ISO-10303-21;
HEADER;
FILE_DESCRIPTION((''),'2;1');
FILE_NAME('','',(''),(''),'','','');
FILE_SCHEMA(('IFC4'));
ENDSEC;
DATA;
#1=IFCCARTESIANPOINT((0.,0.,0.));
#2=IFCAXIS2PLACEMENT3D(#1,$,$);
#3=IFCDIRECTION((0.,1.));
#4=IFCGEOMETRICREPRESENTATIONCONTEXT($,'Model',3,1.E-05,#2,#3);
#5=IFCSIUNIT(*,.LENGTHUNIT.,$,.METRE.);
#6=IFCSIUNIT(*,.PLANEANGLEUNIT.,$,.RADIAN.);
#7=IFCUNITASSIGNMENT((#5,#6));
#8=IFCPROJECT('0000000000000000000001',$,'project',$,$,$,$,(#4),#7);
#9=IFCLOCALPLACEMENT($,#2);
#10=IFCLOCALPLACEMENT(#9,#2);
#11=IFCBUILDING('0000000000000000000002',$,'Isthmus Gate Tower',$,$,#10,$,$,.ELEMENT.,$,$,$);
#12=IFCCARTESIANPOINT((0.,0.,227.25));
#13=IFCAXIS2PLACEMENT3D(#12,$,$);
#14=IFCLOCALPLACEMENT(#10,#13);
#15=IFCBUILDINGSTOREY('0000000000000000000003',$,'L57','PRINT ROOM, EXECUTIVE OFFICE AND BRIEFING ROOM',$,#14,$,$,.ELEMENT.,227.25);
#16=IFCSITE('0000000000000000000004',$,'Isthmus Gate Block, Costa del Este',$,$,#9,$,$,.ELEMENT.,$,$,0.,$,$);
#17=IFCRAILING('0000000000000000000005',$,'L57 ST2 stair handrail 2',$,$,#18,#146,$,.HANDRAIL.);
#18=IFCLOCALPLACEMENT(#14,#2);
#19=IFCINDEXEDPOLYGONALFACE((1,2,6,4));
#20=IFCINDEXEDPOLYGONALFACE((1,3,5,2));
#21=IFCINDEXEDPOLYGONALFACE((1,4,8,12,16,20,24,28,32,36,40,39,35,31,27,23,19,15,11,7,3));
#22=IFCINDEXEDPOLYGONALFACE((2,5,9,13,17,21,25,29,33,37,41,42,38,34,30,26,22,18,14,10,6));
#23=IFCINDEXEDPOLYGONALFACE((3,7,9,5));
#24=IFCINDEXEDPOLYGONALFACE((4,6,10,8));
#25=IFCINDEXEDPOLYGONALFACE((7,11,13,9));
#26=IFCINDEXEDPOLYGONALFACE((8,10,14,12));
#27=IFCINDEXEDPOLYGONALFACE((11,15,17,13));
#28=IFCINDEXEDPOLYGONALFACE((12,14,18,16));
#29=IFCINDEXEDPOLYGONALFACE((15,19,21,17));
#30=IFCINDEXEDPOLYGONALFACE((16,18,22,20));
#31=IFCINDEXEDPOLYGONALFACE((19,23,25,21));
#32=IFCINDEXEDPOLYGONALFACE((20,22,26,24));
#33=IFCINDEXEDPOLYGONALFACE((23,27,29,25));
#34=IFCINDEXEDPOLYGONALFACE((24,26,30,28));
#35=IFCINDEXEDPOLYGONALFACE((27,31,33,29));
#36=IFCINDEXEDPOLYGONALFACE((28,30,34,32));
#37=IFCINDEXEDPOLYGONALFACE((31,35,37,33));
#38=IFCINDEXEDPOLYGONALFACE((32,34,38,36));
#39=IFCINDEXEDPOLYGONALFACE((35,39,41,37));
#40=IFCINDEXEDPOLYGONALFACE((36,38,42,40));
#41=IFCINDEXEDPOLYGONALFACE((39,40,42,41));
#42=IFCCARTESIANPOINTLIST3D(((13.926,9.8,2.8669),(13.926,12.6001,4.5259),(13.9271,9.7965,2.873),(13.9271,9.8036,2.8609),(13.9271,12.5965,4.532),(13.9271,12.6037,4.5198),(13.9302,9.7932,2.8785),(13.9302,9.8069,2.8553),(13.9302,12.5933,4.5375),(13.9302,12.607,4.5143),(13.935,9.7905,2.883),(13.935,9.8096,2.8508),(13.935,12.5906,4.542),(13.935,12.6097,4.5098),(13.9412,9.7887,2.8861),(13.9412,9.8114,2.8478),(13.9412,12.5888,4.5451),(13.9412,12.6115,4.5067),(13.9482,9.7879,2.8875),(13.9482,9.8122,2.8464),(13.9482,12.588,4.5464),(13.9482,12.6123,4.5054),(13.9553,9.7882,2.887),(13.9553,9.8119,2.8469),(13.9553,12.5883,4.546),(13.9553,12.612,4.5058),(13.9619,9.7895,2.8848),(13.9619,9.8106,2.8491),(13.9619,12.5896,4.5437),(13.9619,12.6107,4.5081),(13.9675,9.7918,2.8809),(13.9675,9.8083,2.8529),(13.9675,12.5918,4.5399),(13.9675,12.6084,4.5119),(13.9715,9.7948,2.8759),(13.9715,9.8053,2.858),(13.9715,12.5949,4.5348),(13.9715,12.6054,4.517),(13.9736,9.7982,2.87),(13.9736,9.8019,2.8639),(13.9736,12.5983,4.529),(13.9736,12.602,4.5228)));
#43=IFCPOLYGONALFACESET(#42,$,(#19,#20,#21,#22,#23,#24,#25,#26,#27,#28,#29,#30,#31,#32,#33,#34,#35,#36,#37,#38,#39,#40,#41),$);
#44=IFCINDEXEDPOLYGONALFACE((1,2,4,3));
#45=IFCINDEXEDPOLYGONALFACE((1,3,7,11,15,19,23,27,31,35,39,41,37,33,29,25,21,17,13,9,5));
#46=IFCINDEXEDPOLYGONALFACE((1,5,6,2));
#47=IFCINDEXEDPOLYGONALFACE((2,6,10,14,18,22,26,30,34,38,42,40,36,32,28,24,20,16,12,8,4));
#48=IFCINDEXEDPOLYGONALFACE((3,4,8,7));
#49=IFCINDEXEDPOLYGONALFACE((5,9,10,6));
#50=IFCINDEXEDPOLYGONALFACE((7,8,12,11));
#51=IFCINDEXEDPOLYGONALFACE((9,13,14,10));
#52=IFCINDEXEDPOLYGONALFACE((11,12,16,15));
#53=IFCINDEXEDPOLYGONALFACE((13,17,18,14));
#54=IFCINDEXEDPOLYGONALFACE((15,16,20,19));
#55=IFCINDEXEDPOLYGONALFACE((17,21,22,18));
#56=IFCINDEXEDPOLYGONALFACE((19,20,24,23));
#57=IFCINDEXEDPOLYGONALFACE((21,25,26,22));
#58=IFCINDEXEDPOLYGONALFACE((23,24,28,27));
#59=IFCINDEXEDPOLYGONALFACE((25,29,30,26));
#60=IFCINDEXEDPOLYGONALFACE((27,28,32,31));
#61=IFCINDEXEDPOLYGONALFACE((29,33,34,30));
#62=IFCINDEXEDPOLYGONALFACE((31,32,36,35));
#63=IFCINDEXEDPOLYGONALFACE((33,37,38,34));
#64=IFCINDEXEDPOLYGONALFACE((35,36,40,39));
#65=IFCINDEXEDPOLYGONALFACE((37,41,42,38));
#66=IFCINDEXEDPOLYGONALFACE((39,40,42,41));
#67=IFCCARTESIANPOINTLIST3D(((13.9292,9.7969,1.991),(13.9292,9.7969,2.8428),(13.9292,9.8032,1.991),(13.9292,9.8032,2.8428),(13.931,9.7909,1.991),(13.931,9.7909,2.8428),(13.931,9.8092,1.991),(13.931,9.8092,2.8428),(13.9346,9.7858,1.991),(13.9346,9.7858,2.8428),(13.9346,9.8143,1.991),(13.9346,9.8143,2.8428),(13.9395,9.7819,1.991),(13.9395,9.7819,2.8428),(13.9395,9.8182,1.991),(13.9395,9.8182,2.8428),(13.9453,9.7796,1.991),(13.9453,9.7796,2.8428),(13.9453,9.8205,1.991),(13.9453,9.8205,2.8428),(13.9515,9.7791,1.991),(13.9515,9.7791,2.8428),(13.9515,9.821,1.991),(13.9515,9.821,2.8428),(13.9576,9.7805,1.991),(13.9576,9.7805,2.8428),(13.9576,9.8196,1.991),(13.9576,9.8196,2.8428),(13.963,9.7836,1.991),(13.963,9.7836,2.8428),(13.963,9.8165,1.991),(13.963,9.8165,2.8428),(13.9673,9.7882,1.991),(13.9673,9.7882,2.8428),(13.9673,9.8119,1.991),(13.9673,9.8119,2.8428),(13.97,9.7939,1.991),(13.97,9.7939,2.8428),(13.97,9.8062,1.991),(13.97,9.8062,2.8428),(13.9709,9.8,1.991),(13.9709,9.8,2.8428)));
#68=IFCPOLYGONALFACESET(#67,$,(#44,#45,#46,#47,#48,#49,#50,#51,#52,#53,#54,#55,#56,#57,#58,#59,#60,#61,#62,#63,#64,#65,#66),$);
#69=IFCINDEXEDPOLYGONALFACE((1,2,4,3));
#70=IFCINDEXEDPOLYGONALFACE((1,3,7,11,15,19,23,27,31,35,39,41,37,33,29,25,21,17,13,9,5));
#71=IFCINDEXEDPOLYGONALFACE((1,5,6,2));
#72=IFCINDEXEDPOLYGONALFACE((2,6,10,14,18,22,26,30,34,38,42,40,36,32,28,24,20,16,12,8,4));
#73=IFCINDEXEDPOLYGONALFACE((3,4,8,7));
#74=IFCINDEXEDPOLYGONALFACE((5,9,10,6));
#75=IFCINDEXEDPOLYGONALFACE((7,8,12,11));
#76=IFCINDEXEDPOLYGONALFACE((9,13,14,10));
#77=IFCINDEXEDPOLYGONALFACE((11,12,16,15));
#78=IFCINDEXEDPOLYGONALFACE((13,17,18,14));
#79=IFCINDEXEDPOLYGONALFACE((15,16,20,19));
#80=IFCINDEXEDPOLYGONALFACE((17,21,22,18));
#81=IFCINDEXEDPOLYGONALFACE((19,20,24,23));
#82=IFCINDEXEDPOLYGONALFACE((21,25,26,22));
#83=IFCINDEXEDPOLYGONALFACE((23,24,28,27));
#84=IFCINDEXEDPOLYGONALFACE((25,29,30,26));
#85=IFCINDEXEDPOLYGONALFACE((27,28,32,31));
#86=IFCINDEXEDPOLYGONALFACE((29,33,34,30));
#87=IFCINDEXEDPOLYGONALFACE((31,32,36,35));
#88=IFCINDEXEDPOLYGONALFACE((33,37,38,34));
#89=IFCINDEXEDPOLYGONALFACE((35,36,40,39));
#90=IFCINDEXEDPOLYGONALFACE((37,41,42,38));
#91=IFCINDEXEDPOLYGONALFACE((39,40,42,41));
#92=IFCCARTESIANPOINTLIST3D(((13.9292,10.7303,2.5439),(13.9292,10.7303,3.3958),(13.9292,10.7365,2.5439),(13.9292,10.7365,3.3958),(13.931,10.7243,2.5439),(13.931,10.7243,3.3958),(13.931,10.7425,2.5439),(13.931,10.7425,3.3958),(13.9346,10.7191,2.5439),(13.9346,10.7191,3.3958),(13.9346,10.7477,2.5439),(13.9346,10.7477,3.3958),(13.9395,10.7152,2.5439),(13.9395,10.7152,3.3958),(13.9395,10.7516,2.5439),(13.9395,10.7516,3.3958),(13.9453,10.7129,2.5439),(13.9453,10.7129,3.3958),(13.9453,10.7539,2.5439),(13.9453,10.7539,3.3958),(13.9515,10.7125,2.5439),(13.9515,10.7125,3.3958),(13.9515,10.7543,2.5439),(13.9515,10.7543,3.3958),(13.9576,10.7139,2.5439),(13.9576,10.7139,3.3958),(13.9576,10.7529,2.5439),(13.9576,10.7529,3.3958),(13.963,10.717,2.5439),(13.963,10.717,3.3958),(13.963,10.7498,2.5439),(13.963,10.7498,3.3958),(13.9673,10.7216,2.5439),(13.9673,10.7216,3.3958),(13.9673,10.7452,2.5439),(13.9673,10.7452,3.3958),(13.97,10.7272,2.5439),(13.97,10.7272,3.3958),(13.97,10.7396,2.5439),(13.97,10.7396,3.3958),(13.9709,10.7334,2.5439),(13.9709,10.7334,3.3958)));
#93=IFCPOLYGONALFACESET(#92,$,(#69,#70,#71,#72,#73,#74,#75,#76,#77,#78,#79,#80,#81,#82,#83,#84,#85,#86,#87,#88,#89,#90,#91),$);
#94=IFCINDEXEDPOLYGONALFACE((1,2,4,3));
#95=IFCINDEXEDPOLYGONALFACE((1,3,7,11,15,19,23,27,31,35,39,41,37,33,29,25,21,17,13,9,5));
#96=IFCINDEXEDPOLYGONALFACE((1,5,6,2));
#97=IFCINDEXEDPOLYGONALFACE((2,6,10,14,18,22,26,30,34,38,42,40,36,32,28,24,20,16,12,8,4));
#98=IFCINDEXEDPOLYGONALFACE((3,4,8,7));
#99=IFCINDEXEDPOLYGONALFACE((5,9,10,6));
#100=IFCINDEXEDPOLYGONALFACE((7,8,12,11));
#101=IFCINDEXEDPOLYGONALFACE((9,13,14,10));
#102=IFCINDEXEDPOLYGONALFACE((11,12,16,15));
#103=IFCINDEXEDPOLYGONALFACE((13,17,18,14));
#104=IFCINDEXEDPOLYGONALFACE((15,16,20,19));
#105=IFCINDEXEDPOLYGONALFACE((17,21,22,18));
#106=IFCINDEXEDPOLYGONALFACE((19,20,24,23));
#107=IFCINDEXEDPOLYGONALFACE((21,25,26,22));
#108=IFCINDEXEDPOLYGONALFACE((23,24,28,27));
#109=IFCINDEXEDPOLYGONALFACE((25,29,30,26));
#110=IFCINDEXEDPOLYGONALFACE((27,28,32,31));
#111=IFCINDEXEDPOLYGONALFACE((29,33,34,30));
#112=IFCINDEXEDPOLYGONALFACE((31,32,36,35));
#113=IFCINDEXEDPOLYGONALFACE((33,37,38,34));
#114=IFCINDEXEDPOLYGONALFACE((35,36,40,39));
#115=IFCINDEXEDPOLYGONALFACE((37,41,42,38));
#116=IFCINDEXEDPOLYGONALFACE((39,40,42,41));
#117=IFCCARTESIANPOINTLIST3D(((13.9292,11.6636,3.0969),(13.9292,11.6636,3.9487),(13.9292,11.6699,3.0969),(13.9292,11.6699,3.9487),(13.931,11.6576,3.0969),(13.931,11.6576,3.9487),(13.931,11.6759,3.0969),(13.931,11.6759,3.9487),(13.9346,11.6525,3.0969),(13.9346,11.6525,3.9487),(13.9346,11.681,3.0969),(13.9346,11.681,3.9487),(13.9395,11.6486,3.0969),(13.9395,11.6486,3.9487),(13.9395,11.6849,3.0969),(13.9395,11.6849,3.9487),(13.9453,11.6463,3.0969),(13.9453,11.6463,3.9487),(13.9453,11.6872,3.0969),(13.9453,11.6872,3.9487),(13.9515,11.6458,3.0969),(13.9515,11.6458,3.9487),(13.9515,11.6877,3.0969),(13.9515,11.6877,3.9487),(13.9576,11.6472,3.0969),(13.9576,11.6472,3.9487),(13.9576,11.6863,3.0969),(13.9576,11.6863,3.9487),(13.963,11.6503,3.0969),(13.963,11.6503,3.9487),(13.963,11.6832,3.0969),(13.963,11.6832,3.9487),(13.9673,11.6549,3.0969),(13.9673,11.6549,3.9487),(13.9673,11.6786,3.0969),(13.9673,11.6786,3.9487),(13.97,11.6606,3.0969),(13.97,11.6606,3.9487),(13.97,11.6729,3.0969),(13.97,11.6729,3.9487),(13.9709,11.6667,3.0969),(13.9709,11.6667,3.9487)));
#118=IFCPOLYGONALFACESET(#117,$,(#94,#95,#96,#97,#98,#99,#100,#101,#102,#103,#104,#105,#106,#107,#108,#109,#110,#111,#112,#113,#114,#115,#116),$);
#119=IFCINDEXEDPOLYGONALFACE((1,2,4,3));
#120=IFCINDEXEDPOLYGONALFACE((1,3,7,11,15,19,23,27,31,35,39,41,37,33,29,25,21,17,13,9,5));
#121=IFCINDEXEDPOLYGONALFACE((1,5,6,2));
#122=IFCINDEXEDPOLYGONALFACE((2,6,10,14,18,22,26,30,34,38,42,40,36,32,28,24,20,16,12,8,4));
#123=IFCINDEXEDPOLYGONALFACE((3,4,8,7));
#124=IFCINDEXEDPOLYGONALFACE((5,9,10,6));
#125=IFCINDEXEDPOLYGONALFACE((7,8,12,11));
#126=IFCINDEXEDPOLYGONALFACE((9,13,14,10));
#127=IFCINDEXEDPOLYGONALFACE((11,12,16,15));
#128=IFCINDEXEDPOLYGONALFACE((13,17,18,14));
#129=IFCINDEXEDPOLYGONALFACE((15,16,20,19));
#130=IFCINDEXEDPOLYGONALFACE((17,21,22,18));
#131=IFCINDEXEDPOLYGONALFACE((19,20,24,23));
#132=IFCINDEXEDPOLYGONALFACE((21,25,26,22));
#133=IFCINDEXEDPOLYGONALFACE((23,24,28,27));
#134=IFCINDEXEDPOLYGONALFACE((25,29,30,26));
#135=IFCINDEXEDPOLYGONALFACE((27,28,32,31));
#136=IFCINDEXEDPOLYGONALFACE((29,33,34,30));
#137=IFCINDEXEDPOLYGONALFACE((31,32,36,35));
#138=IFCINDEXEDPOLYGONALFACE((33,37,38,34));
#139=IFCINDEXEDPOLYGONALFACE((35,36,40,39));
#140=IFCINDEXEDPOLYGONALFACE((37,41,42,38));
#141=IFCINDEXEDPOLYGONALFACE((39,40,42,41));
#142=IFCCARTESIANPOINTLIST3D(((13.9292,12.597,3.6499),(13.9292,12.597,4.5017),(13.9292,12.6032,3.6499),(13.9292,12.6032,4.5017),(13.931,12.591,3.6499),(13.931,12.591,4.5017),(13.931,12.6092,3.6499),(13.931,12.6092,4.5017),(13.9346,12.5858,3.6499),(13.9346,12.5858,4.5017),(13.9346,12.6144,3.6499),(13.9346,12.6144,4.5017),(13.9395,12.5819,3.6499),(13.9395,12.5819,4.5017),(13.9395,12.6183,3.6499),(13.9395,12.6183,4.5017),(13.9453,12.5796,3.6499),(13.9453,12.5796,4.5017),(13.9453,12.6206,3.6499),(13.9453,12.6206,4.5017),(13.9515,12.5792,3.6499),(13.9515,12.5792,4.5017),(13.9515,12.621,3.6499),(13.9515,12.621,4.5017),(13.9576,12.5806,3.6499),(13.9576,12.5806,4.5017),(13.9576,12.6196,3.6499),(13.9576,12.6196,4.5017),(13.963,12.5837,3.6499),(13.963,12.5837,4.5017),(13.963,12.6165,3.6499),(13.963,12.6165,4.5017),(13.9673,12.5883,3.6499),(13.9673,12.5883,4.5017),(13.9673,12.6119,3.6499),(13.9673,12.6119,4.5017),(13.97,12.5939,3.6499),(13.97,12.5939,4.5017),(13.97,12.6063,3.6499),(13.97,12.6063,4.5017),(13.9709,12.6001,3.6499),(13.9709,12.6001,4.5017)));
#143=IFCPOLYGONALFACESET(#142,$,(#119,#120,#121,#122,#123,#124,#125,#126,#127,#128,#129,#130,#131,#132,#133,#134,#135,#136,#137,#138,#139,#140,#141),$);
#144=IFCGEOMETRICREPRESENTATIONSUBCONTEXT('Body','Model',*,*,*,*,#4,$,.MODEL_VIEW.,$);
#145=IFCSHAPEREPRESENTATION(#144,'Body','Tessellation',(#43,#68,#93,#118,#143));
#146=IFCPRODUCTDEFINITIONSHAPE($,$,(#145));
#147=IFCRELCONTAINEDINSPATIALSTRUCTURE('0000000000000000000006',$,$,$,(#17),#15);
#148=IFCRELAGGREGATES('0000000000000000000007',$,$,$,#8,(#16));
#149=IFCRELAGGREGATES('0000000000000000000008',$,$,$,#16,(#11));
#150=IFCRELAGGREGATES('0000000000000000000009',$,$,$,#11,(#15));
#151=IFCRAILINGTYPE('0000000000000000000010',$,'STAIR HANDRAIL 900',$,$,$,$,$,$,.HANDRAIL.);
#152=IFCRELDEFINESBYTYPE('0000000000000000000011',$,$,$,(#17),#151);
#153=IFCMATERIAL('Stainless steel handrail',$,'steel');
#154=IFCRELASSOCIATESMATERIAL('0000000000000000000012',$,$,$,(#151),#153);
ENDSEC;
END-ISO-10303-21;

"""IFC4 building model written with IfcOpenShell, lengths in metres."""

from ifc_helpers import new_model, si_unit, direction, frame, origin, origin_2d, place, context, subcontext, project, spatial, circle, extrude, material, type_object, element, save


model = new_model("IFC4")

# Units and contexts
model_context = context("Model", 3, precision=1e-05, world=origin(), true_north=direction((0.0, 1.0)))
body_context = subcontext(model_context, "Body", "Model", "MODEL_VIEW")
ifc_project = project(units=[si_unit("LENGTHUNIT", "METRE"), si_unit("PLANEANGLEUNIT", "RADIAN")], contexts=[model_context])

# Site, building, storey
site_placement = place(None, origin())
site = spatial("IfcSite", under=ifc_project, at=site_placement, Name="Isthmus Gate Block, Costa del Este", CompositionType="ELEMENT", RefElevation=0.0)
building_placement = place(site_placement, origin())
building = spatial("IfcBuilding", under=site, at=building_placement, Name="Isthmus Gate Tower", CompositionType="ELEMENT")
storey_placement = place(building_placement, frame((0.0, 0.0, 227.25)))
storey = spatial("IfcBuildingStorey", under=building, at=storey_placement, Name="L57", Description="PRINT ROOM, EXECUTIVE OFFICE AND BRIEFING ROOM", CompositionType="ELEMENT", Elevation=227.25)

# Railing
ifc_material_1 = material(Name="Stainless steel handrail", Category="steel")
railing_type_1 = type_object("IfcRailingType", Name="STAIR HANDRAIL 900", PredefinedType="HANDRAIL", material=ifc_material_1)
for number, where, name in (
    (1, (13.95, 9.8, 1.991), "L57 ST2 stair handrail 2"),
):
    element("IfcRailing", number, at=place(storey_placement, frame(where)), inside=storey, type_object=railing_type_1, Name=name, PredefinedType="HANDRAIL", context=body_context, shape_type="SweptSolid", body=[
        extrude(circle(Radius=0.0239, at=origin_2d()), frame((0.0, 0.0, 0.876), z_axis=(0.0, 0.860339, 0.509722), x_axis=(-1.0, 0.0, 0.0)), (0.0, 0.0, 1.0), 3.2546),
        extrude(circle(Radius=0.021, at=origin_2d()), origin(), (0.0, 0.0, 1.0), 0.8518),
        extrude(circle(Radius=0.021, at=origin_2d()), frame((0.0, 0.9333, 0.553)), (0.0, 0.0, 1.0), 0.8518),
        extrude(circle(Radius=0.021, at=origin_2d()), frame((0.0, 1.8667, 1.106)), (0.0, 0.0, 1.0), 0.8518),
        extrude(circle(Radius=0.021, at=origin_2d()), frame((0.0, 2.8, 1.6589)), (0.0, 0.0, 1.0), 0.8518),
    ])

save(model, "model.ifc")
